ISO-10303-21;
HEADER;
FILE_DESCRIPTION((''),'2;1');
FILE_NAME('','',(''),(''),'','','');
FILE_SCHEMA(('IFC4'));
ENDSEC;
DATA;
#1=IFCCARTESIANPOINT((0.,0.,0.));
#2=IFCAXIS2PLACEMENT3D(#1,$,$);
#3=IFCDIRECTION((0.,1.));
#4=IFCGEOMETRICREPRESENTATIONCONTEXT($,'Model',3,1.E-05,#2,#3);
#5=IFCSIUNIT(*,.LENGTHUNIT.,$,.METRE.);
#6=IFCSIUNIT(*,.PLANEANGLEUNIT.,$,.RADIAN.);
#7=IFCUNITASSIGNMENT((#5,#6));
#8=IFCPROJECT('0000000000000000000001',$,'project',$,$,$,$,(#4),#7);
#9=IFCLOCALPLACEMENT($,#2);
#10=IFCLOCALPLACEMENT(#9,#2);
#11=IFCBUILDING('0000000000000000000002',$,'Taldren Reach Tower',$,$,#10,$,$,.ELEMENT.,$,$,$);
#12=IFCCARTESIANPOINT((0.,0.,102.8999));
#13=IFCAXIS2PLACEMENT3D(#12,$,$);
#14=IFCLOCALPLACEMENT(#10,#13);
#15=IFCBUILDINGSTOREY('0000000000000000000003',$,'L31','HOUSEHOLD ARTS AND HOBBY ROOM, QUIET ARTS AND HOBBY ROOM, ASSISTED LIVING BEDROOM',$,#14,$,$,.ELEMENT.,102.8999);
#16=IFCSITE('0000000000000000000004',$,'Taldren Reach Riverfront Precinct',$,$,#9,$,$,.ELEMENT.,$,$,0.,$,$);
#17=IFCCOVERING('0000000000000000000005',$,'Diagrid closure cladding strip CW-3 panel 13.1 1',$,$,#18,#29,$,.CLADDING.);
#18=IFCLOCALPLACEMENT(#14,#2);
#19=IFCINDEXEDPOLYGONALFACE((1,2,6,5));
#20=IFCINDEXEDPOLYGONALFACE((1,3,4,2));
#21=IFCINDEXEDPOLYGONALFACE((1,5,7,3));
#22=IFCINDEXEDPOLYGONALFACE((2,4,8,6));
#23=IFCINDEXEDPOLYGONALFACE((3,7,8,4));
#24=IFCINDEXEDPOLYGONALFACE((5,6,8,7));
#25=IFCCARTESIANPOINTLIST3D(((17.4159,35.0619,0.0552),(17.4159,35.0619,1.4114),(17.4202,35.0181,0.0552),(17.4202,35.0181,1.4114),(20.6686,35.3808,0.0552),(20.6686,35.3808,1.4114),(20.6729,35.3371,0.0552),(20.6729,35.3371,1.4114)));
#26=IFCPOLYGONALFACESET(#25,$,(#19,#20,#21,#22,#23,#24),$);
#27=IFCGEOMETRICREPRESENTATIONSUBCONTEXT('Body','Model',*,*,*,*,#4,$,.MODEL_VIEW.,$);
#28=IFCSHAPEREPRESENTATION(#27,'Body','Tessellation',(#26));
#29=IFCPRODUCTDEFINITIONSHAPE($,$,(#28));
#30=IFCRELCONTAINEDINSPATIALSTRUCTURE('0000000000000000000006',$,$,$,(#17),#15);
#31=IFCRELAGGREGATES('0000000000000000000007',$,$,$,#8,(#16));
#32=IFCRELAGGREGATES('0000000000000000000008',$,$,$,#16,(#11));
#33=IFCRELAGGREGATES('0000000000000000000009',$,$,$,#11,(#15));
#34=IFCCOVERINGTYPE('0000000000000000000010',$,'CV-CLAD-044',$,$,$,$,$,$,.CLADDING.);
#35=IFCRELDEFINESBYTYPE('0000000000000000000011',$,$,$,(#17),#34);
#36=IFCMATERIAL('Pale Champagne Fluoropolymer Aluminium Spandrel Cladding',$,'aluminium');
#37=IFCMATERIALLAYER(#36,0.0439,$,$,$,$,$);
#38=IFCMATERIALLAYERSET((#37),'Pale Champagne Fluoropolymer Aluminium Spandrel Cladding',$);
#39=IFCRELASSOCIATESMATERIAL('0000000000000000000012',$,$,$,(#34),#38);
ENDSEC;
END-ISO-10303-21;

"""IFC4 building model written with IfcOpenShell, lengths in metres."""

from ifc_helpers import new_model, si_unit, direction, frame, origin, origin_2d, place, context, subcontext, project, spatial, rectangle, extrude, source, transform, mapped, material, layer, layer_set, type_object, element, save


model = new_model("IFC4")

# Units and contexts
model_context = context("Model", 3, precision=1e-05, world=origin(), true_north=direction((0.0, 1.0)))
body_context = subcontext(model_context, "Body", "Model", "MODEL_VIEW")
ifc_project = project(units=[si_unit("LENGTHUNIT", "METRE"), si_unit("PLANEANGLEUNIT", "RADIAN")], contexts=[model_context])

# Site, building, storey
site_placement = place(None, origin())
site = spatial("IfcSite", under=ifc_project, at=site_placement, Name="Taldren Reach Riverfront Precinct", CompositionType="ELEMENT", RefElevation=0.0)
building_placement = place(site_placement, origin())
building = spatial("IfcBuilding", under=site, at=building_placement, Name="Taldren Reach Tower", CompositionType="ELEMENT")
storey_placement = place(building_placement, frame((0.0, 0.0, 102.8999)))
storey = spatial("IfcBuildingStorey", under=building, at=storey_placement, Name="L31", Description="HOUSEHOLD ARTS AND HOBBY ROOM, QUIET ARTS AND HOBBY ROOM, ASSISTED LIVING BEDROOM", CompositionType="ELEMENT", Elevation=102.8999)

# Covering
ifc_material_1 = material(Name="Pale Champagne Fluoropolymer Aluminium Spandrel Cladding", Category="aluminium")
ifc_layer_1 = layer(ifc_material_1, 0.0439)
ifc_layer_set_1 = layer_set([ifc_layer_1], Name="Pale Champagne Fluoropolymer Aluminium Spandrel Cladding")
covering_type = type_object("IfcCoveringType", Name="CV-CLAD-044", PredefinedType="CLADDING", material=ifc_layer_set_1)
shared_shape_1 = source(origin(), body_context, "Body", "SweptSolid", [
    extrude(rectangle(XDim=3.2683, YDim=0.0439, at=origin_2d()), origin(), (0.0, 0.0, 1.0), 1.3562),
])
covering_1_placement = place(storey_placement, frame((19.0444, 35.1995, 0.0552), z_axis=(0.0, 0.0, 1.0), x_axis=(-0.995227, -0.097583, 0.0)))
element("IfcCovering", 1, at=covering_1_placement, inside=storey, type_object=covering_type, Name="Diagrid closure cladding strip CW-3 panel 13.1 1", PredefinedType="CLADDING", context=body_context, shape_type="MappedRepresentation", body=[
    mapped(shared_shape_1, transform((0.0, 0.0, 0.0), scale=1.0)),
])

save(model, "model.ifc")
